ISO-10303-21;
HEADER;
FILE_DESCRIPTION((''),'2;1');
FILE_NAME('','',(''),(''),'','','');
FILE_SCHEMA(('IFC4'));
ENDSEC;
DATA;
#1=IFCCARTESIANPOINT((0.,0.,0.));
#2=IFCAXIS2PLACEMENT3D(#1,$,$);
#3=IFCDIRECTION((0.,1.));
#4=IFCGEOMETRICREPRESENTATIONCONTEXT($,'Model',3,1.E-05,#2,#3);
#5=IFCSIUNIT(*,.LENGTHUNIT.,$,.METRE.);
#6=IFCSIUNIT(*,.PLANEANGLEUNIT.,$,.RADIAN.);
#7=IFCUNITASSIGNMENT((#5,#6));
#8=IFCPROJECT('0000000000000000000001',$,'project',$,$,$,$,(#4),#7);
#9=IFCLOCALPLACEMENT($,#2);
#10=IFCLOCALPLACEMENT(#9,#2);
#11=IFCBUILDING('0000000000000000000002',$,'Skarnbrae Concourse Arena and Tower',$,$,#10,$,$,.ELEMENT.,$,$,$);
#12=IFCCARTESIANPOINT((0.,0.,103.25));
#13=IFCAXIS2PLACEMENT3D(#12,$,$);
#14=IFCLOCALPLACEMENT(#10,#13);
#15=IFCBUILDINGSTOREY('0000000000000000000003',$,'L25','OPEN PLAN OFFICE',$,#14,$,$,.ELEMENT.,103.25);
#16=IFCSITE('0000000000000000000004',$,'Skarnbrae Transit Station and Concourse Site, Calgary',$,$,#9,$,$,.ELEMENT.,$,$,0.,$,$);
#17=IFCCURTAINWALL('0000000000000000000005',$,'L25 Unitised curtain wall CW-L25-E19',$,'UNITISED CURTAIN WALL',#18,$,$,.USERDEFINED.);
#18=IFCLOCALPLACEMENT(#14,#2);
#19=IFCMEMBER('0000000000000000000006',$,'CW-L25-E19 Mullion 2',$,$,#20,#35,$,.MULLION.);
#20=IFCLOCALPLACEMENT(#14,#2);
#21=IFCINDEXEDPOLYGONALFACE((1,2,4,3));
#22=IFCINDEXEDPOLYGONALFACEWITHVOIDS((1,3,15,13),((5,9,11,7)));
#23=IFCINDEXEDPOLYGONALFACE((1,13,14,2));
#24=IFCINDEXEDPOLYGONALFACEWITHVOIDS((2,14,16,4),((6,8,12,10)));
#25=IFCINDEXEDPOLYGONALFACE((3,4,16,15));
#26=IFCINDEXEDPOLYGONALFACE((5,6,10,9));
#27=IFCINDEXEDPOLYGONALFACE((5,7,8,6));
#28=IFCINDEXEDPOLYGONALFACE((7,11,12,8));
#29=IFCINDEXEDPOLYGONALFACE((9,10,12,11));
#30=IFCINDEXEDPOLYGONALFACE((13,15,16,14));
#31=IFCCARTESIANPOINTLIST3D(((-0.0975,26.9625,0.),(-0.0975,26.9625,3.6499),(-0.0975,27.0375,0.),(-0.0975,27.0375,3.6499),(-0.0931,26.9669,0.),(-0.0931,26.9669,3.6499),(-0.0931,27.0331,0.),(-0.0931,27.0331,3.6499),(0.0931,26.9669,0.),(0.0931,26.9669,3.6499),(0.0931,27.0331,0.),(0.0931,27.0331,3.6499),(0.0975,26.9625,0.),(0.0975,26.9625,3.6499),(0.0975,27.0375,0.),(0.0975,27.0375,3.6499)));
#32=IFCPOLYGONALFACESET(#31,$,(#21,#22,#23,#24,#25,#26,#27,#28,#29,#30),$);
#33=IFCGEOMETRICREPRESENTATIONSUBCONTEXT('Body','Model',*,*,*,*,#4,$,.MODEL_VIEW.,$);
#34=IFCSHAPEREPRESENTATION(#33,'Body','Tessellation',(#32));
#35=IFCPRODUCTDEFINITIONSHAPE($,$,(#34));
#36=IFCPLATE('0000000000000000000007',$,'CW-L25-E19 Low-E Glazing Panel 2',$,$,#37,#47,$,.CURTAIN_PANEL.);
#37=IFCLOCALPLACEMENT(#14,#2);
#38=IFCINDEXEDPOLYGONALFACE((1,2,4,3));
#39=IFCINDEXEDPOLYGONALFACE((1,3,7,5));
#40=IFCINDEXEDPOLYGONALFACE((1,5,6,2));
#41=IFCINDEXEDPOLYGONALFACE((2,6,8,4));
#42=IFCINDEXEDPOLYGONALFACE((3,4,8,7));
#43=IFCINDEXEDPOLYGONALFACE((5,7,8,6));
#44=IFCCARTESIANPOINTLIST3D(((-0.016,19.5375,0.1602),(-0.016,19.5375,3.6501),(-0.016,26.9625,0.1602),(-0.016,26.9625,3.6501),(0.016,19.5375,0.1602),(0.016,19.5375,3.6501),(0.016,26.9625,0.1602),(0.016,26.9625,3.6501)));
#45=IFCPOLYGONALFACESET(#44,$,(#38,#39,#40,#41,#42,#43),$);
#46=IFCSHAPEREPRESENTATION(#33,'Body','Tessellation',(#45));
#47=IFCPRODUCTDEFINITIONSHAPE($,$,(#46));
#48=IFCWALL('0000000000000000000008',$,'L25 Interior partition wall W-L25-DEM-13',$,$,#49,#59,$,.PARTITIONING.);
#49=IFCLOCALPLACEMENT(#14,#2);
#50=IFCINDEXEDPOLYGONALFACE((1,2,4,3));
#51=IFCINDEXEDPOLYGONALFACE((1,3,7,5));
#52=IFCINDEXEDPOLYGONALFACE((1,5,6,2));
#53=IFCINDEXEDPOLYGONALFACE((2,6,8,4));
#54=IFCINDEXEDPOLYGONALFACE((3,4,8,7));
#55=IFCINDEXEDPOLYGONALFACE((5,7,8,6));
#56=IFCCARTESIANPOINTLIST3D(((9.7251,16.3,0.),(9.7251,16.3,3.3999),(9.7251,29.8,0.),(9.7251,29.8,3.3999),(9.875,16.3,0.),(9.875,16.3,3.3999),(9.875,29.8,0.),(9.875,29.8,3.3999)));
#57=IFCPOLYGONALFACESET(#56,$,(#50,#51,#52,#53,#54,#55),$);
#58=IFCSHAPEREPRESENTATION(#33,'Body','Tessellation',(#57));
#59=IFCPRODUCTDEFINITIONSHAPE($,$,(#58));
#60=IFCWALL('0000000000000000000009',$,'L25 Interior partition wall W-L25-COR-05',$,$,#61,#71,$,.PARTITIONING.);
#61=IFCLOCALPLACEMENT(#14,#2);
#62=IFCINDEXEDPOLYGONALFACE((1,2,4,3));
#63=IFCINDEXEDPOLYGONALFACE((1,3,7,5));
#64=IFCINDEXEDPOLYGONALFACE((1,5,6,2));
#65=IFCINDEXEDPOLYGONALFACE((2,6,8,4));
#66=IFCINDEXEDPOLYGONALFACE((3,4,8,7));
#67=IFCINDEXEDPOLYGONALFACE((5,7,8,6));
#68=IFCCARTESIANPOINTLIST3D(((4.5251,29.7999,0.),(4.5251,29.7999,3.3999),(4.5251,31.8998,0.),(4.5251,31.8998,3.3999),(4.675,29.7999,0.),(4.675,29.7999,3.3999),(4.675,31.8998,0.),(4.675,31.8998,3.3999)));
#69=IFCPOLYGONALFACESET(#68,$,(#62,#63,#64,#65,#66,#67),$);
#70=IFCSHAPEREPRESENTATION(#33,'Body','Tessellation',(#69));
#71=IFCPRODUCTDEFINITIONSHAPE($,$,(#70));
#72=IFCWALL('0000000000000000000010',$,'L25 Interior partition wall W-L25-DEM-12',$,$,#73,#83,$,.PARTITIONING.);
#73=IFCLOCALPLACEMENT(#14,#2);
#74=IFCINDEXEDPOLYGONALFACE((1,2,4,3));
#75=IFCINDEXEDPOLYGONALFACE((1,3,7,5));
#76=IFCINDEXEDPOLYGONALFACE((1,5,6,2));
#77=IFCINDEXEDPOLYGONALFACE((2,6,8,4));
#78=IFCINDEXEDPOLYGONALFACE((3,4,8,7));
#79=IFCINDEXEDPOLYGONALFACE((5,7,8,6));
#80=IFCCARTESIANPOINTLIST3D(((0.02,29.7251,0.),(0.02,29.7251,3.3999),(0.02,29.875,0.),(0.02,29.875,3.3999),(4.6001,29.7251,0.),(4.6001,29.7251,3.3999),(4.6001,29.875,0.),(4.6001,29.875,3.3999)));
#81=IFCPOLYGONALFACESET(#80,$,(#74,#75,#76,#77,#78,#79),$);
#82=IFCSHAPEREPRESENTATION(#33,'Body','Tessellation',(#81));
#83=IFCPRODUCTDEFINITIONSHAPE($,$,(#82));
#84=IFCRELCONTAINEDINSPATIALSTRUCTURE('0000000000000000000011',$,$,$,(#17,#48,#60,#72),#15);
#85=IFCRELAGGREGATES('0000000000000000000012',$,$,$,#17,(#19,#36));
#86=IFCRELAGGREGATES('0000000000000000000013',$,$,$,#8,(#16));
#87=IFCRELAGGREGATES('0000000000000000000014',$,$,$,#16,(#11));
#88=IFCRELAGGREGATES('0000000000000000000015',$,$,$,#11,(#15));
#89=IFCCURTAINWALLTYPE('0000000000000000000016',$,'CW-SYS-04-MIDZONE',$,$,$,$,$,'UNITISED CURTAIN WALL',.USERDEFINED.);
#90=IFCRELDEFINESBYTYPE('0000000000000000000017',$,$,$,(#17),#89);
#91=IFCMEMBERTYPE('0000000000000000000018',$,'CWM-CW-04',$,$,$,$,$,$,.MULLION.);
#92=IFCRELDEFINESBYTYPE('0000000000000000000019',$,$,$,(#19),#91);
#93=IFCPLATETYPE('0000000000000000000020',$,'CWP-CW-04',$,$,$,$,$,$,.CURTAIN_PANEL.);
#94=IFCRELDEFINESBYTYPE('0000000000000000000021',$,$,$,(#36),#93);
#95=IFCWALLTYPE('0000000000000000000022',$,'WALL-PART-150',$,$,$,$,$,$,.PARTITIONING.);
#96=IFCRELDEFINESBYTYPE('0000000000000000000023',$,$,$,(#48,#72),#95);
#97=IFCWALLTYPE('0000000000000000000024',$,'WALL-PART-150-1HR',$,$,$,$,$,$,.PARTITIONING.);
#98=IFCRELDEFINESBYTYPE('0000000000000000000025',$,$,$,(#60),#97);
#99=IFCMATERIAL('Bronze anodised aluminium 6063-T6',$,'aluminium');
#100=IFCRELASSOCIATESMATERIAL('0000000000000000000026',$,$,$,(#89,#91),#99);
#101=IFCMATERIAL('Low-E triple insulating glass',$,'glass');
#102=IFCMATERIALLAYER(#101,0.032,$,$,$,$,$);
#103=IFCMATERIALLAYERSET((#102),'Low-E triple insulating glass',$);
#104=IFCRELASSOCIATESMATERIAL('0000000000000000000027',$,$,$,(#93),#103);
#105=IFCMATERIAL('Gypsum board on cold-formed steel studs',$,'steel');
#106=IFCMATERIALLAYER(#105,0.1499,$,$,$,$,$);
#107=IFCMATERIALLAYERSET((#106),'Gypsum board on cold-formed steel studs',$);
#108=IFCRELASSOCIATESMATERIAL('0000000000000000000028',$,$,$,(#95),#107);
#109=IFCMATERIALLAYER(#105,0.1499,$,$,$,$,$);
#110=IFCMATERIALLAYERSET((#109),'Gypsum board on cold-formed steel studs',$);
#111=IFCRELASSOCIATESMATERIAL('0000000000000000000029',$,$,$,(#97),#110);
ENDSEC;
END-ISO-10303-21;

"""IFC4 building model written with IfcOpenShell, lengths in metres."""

from ifc_helpers import new_model, si_unit, direction, frame, frame_2d, origin, origin_2d, place, context, subcontext, project, spatial, rectangle, hollow_rectangle, extrude, source, transform, mapped, material, layer, layer_set, material_profile, profile_set, type_object, element, aggregate, save


model = new_model("IFC4")

# Units and contexts
model_context = context("Model", 3, precision=1e-05, world=origin(), true_north=direction((0.0, 1.0)))
body_context = subcontext(model_context, "Body", "Model", "MODEL_VIEW")
ifc_project = project(units=[si_unit("LENGTHUNIT", "METRE"), si_unit("PLANEANGLEUNIT", "RADIAN")], contexts=[model_context])

# Site, building, storey
site_placement = place(None, origin())
site = spatial("IfcSite", under=ifc_project, at=site_placement, Name="Skarnbrae Transit Station and Concourse Site, Calgary", CompositionType="ELEMENT", RefElevation=0.0)
building_placement = place(site_placement, origin())
building = spatial("IfcBuilding", under=site, at=building_placement, Name="Skarnbrae Concourse Arena and Tower", CompositionType="ELEMENT")
storey_placement = place(building_placement, frame((0.0, 0.0, 103.25)))
storey = spatial("IfcBuildingStorey", under=building, at=storey_placement, Name="L25", Description="OPEN PLAN OFFICE", CompositionType="ELEMENT", Elevation=103.25)

# Curtain wall, member, plate
ifc_material_1 = material(Name="Bronze anodised aluminium 6063-T6", Category="aluminium")
curtain_wall_type = type_object("IfcCurtainWallType", Name="CW-SYS-04-MIDZONE", ElementType="UNITISED CURTAIN WALL", PredefinedType="USERDEFINED", material=ifc_material_1)
curtain_wall_placement = place(storey_placement, origin())
curtain_wall = element("IfcCurtainWall", 1, at=curtain_wall_placement, inside=storey, type_object=curtain_wall_type, Name="L25 Unitised curtain wall CW-L25-E19", ObjectType="UNITISED CURTAIN WALL", PredefinedType="USERDEFINED")
ifc_material_profile_1 = material_profile(ifc_material_1, hollow_rectangle(XDim=0.075, YDim=0.1951, WallThickness=0.0044, at=origin_2d()), Name="ALU-MULL-75X195")
ifc_profile_set_1 = profile_set([ifc_material_profile_1], Name="Bronze anodised aluminium 6063-T6")
member_type_1 = type_object("IfcMemberType", Name="CWM-CW-04", PredefinedType="MULLION", material=ifc_profile_set_1)
shared_shape_1 = source(origin(), body_context, "Body", "SweptSolid", [
    extrude(hollow_rectangle(XDim=0.075, YDim=0.1951, WallThickness=0.0044, at=origin_2d()), origin(), (0.0, 0.0, 1.0), 3.6499),
])
member_1_placement = place(storey_placement, frame((0.0, 27.0, 0.0), z_axis=(0.0, 0.0, 1.0), x_axis=(0.0, -1.0, 0.0)))
member_1 = element("IfcMember", 2, at=member_1_placement, type_object=member_type_1, Name="CW-L25-E19 Mullion 2", PredefinedType="MULLION", context=body_context, shape_type="MappedRepresentation", body=[
    mapped(shared_shape_1, transform((0.0, 0.0, 0.0))),
])
ifc_material_2 = material(Name="Low-E triple insulating glass", Category="glass")
ifc_layer_1 = layer(ifc_material_2, 0.032)
ifc_layer_set_1 = layer_set([ifc_layer_1], Name="Low-E triple insulating glass")
plate_type = type_object("IfcPlateType", Name="CWP-CW-04", PredefinedType="CURTAIN_PANEL", material=ifc_layer_set_1)
shared_shape_2 = source(origin(), body_context, "Body", "SweptSolid", [
    extrude(rectangle(XDim=7.425, YDim=0.032, at=origin_2d()), origin(), (0.0, 0.0, 1.0), 3.49),
])
plate_placement = place(storey_placement, frame((0.0, 23.25, 0.1602), z_axis=(0.0, 0.0, 1.0), x_axis=(0.0, -1.0, 0.0)))
plate = element("IfcPlate", 3, at=plate_placement, type_object=plate_type, Name="CW-L25-E19 Low-E Glazing Panel 2", PredefinedType="CURTAIN_PANEL", context=body_context, shape_type="MappedRepresentation", body=[
    mapped(shared_shape_2, transform((0.0, 0.0, 0.0))),
])
aggregate(curtain_wall, [member_1, plate])

# Walls
ifc_material_3 = material(Name="Gypsum board on cold-formed steel studs", Category="steel")
ifc_layer_2 = layer(ifc_material_3, 0.1499)
ifc_layer_set_2 = layer_set([ifc_layer_2], Name="Gypsum board on cold-formed steel studs")
wall_type_1 = type_object("IfcWallType", Name="WALL-PART-150", PredefinedType="PARTITIONING", material=ifc_layer_set_2)
shared_shape_3 = source(origin(), body_context, "Body", "SweptSolid", [
    extrude(rectangle(XDim=13.5, YDim=0.1499, at=frame_2d((6.75, 0.0))), origin(), (0.0, 0.0, 1.0), 3.3999),
])
wall_1_placement = place(storey_placement, frame((9.8, 29.8, 0.0), z_axis=(0.0, 0.0, 1.0), x_axis=(0.0, -1.0, 0.0)))
element("IfcWall", 4, at=wall_1_placement, inside=storey, type_object=wall_type_1, Name="L25 Interior partition wall W-L25-DEM-13", PredefinedType="PARTITIONING", context=body_context, shape_type="MappedRepresentation", body=[
    mapped(shared_shape_3, transform((0.0, 0.0, 0.0))),
])
ifc_layer_3 = layer(ifc_material_3, 0.1499)
ifc_layer_set_3 = layer_set([ifc_layer_3], Name="Gypsum board on cold-formed steel studs")
wall_type_2 = type_object("IfcWallType", Name="WALL-PART-150-1HR", PredefinedType="PARTITIONING", material=ifc_layer_set_3)
shared_shape_4 = source(origin(), body_context, "Body", "SweptSolid", [
    extrude(rectangle(XDim=2.0999, YDim=0.1499, at=frame_2d((1.0498, 0.0))), origin(), (0.0, 0.0, 1.0), 3.3999),
])
wall_2_placement = place(storey_placement, frame((4.6001, 29.8, 0.0), z_axis=(0.0, 0.0, 1.0), x_axis=(0.0, 1.0, 0.0)))
element("IfcWall", 5, at=wall_2_placement, inside=storey, type_object=wall_type_2, Name="L25 Interior partition wall W-L25-COR-05", PredefinedType="PARTITIONING", context=body_context, shape_type="MappedRepresentation", body=[
    mapped(shared_shape_4, transform((0.0, 0.0, 0.0))),
])
shared_shape_5 = source(origin(), body_context, "Body", "SweptSolid", [
    extrude(rectangle(XDim=4.5801, YDim=0.1499, at=frame_2d((2.29, 0.0))), origin(), (0.0, 0.0, 1.0), 3.3999),
])
wall_3_placement = place(storey_placement, frame((0.02, 29.8, 0.0), z_axis=(0.0, 0.0, 1.0), x_axis=(1.0, 0.0, 0.0)))
element("IfcWall", 6, at=wall_3_placement, inside=storey, type_object=wall_type_1, Name="L25 Interior partition wall W-L25-DEM-12", PredefinedType="PARTITIONING", context=body_context, shape_type="MappedRepresentation", body=[
    mapped(shared_shape_5, transform((0.0, 0.0, 0.0))),
])

save(model, "model.ifc")
